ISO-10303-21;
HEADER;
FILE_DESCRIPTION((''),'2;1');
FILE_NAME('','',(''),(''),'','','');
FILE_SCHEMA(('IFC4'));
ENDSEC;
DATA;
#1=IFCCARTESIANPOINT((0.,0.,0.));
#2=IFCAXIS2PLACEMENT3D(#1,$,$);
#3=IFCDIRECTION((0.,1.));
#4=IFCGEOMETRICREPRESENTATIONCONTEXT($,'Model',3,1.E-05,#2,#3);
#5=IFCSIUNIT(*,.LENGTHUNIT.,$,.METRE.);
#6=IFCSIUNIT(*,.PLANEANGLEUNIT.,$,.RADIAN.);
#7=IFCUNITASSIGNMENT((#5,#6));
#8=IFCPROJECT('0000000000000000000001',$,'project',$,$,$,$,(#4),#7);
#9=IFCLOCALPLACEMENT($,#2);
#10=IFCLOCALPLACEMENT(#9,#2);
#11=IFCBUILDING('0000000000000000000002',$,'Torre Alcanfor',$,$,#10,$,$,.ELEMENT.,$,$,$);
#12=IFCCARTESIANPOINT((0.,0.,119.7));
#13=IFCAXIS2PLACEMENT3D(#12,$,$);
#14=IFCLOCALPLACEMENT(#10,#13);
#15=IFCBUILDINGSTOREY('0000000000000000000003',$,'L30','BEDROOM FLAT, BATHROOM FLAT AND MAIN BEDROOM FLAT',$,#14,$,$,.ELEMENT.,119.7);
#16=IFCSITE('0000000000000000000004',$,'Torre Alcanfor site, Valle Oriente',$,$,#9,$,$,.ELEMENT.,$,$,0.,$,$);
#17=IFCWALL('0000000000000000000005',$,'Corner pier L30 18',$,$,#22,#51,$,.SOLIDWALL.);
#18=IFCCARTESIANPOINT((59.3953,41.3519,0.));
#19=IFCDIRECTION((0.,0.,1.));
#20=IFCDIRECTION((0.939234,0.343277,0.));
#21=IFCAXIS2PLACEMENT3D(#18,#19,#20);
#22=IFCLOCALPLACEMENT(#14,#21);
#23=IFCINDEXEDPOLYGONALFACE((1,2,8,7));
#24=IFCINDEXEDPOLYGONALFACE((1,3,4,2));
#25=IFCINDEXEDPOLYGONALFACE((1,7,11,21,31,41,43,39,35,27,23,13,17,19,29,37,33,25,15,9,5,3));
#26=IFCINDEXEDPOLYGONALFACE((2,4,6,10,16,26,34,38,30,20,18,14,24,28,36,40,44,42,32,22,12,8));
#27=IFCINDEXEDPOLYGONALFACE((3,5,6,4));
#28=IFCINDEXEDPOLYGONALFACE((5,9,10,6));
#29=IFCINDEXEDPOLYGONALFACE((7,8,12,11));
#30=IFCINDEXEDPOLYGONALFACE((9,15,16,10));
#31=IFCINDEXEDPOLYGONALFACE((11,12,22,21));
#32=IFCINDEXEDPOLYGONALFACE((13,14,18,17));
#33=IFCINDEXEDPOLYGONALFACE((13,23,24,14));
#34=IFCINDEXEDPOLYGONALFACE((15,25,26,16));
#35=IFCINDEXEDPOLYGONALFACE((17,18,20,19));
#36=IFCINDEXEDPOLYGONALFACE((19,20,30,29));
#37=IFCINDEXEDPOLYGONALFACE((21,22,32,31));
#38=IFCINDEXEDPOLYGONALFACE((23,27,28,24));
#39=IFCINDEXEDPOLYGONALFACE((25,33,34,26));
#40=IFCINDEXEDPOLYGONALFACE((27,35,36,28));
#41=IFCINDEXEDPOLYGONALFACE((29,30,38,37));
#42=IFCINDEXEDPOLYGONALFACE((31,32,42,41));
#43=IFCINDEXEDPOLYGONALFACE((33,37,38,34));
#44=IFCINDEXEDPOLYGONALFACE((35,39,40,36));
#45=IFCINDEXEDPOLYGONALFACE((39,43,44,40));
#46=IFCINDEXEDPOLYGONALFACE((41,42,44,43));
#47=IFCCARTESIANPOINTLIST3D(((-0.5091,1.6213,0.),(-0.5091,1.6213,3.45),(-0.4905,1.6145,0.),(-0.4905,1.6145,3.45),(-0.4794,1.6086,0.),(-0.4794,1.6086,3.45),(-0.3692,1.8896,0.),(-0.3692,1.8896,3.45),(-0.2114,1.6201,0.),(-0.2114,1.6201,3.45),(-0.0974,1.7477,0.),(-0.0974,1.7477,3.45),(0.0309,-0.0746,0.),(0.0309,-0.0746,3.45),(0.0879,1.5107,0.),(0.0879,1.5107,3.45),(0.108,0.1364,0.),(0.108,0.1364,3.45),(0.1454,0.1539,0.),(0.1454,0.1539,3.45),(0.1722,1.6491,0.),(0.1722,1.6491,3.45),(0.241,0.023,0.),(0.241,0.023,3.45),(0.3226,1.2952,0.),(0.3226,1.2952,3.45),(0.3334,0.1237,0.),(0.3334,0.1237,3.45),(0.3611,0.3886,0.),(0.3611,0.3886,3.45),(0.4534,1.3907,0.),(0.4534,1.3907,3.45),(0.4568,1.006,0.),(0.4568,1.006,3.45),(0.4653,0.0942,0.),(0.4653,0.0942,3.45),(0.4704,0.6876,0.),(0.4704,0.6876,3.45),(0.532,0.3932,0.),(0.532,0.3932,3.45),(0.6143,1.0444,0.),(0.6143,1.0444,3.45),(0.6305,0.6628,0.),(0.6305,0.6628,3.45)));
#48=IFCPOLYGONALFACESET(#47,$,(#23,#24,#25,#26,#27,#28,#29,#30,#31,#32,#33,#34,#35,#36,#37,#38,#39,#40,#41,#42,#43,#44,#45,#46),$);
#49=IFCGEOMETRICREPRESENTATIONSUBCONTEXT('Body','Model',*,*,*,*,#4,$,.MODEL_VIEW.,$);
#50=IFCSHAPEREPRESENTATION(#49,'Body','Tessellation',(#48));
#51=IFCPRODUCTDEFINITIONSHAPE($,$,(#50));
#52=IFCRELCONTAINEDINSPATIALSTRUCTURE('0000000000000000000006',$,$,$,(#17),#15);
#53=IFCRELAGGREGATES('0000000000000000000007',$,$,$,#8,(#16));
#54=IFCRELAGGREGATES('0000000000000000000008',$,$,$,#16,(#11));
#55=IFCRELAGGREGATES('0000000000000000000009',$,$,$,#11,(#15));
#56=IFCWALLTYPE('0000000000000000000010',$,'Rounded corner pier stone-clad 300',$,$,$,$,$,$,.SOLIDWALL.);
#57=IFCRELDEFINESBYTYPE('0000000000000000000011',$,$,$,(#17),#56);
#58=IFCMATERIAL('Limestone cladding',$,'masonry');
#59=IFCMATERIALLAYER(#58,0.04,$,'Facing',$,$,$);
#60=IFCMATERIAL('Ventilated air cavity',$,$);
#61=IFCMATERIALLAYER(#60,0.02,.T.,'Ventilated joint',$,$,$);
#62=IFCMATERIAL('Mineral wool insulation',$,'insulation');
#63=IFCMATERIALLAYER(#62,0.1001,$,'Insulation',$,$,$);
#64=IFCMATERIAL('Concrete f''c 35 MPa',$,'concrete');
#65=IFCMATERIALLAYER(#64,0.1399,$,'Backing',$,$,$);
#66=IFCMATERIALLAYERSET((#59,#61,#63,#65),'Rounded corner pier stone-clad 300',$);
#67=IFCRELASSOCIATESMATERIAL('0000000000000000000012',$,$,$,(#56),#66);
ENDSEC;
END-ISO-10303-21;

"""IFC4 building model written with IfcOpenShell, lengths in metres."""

from ifc_helpers import new_model, si_unit, direction, frame, origin, place, context, subcontext, project, spatial, polyline, outline, extrude, material, layer, layer_set, type_object, element, save


model = new_model("IFC4")

# Units and contexts
model_context = context("Model", 3, precision=1e-05, world=origin(), true_north=direction((0.0, 1.0)))
body_context = subcontext(model_context, "Body", "Model", "MODEL_VIEW")
ifc_project = project(units=[si_unit("LENGTHUNIT", "METRE"), si_unit("PLANEANGLEUNIT", "RADIAN")], contexts=[model_context])

# Site, building, storey
site_placement = place(None, origin())
site = spatial("IfcSite", under=ifc_project, at=site_placement, Name="Torre Alcanfor site, Valle Oriente", CompositionType="ELEMENT", RefElevation=0.0)
building_placement = place(site_placement, origin())
building = spatial("IfcBuilding", under=site, at=building_placement, Name="Torre Alcanfor", CompositionType="ELEMENT")
storey_placement = place(building_placement, frame((0.0, 0.0, 119.7)))
storey = spatial("IfcBuildingStorey", under=building, at=storey_placement, Name="L30", Description="BEDROOM FLAT, BATHROOM FLAT AND MAIN BEDROOM FLAT", CompositionType="ELEMENT", Elevation=119.7)

# Shared definitions
ifc_material_1 = material(Name="Limestone cladding", Category="masonry")
ifc_material_2 = material(Name="Ventilated air cavity")
ifc_material_3 = material(Name="Mineral wool insulation", Category="insulation")
ifc_material_4 = material(Name="Concrete f'c 35 MPa", Category="concrete")

# Wall
ifc_layer_1 = layer(ifc_material_1, 0.04, Name="Facing")
ifc_layer_2 = layer(ifc_material_2, 0.02, ventilated=True, Name="Ventilated joint")
ifc_layer_3 = layer(ifc_material_3, 0.1001, Name="Insulation")
ifc_layer_4 = layer(ifc_material_4, 0.1399, Name="Backing")
ifc_layer_set_1 = layer_set([ifc_layer_1, ifc_layer_2, ifc_layer_3, ifc_layer_4], Name="Rounded corner pier stone-clad 300")
wall_type_1 = type_object("IfcWallType", Name="Rounded corner pier stone-clad 300", PredefinedType="SOLIDWALL", material=ifc_layer_set_1)
wall_1_placement = place(storey_placement, frame((59.3953, 41.3519, 0.0), z_axis=(0.0, 0.0, 1.0), x_axis=(0.939234, 0.343277, 0.0)))
element("IfcWall", 1, at=wall_1_placement, inside=storey, type_object=wall_type_1, Name="Corner pier L30 18", PredefinedType="SOLIDWALL", context=body_context, shape_type="SweptSolid", body=[
    extrude(outline(polyline([(0.532, 0.3932), (0.6305, 0.6628), (0.6143, 1.0444), (0.4534, 1.3907), (0.1722, 1.6491), (-0.0974, 1.7477), (-0.3692, 1.8896), (-0.5091, 1.6213), (-0.4905, 1.6145), (-0.4794, 1.6086), (-0.2114, 1.6201), (0.0879, 1.5107), (0.3226, 1.2952), (0.4568, 1.006), (0.4704, 0.6876), (0.3611, 0.3886), (0.1454, 0.1539), (0.108, 0.1364), (0.0309, -0.0746), (0.241, 0.023), (0.3334, 0.1237), (0.4653, 0.0942), (0.532, 0.3932)])), origin(), (0.0, 0.0, 1.0), 3.45),
])

save(model, "model.ifc")
